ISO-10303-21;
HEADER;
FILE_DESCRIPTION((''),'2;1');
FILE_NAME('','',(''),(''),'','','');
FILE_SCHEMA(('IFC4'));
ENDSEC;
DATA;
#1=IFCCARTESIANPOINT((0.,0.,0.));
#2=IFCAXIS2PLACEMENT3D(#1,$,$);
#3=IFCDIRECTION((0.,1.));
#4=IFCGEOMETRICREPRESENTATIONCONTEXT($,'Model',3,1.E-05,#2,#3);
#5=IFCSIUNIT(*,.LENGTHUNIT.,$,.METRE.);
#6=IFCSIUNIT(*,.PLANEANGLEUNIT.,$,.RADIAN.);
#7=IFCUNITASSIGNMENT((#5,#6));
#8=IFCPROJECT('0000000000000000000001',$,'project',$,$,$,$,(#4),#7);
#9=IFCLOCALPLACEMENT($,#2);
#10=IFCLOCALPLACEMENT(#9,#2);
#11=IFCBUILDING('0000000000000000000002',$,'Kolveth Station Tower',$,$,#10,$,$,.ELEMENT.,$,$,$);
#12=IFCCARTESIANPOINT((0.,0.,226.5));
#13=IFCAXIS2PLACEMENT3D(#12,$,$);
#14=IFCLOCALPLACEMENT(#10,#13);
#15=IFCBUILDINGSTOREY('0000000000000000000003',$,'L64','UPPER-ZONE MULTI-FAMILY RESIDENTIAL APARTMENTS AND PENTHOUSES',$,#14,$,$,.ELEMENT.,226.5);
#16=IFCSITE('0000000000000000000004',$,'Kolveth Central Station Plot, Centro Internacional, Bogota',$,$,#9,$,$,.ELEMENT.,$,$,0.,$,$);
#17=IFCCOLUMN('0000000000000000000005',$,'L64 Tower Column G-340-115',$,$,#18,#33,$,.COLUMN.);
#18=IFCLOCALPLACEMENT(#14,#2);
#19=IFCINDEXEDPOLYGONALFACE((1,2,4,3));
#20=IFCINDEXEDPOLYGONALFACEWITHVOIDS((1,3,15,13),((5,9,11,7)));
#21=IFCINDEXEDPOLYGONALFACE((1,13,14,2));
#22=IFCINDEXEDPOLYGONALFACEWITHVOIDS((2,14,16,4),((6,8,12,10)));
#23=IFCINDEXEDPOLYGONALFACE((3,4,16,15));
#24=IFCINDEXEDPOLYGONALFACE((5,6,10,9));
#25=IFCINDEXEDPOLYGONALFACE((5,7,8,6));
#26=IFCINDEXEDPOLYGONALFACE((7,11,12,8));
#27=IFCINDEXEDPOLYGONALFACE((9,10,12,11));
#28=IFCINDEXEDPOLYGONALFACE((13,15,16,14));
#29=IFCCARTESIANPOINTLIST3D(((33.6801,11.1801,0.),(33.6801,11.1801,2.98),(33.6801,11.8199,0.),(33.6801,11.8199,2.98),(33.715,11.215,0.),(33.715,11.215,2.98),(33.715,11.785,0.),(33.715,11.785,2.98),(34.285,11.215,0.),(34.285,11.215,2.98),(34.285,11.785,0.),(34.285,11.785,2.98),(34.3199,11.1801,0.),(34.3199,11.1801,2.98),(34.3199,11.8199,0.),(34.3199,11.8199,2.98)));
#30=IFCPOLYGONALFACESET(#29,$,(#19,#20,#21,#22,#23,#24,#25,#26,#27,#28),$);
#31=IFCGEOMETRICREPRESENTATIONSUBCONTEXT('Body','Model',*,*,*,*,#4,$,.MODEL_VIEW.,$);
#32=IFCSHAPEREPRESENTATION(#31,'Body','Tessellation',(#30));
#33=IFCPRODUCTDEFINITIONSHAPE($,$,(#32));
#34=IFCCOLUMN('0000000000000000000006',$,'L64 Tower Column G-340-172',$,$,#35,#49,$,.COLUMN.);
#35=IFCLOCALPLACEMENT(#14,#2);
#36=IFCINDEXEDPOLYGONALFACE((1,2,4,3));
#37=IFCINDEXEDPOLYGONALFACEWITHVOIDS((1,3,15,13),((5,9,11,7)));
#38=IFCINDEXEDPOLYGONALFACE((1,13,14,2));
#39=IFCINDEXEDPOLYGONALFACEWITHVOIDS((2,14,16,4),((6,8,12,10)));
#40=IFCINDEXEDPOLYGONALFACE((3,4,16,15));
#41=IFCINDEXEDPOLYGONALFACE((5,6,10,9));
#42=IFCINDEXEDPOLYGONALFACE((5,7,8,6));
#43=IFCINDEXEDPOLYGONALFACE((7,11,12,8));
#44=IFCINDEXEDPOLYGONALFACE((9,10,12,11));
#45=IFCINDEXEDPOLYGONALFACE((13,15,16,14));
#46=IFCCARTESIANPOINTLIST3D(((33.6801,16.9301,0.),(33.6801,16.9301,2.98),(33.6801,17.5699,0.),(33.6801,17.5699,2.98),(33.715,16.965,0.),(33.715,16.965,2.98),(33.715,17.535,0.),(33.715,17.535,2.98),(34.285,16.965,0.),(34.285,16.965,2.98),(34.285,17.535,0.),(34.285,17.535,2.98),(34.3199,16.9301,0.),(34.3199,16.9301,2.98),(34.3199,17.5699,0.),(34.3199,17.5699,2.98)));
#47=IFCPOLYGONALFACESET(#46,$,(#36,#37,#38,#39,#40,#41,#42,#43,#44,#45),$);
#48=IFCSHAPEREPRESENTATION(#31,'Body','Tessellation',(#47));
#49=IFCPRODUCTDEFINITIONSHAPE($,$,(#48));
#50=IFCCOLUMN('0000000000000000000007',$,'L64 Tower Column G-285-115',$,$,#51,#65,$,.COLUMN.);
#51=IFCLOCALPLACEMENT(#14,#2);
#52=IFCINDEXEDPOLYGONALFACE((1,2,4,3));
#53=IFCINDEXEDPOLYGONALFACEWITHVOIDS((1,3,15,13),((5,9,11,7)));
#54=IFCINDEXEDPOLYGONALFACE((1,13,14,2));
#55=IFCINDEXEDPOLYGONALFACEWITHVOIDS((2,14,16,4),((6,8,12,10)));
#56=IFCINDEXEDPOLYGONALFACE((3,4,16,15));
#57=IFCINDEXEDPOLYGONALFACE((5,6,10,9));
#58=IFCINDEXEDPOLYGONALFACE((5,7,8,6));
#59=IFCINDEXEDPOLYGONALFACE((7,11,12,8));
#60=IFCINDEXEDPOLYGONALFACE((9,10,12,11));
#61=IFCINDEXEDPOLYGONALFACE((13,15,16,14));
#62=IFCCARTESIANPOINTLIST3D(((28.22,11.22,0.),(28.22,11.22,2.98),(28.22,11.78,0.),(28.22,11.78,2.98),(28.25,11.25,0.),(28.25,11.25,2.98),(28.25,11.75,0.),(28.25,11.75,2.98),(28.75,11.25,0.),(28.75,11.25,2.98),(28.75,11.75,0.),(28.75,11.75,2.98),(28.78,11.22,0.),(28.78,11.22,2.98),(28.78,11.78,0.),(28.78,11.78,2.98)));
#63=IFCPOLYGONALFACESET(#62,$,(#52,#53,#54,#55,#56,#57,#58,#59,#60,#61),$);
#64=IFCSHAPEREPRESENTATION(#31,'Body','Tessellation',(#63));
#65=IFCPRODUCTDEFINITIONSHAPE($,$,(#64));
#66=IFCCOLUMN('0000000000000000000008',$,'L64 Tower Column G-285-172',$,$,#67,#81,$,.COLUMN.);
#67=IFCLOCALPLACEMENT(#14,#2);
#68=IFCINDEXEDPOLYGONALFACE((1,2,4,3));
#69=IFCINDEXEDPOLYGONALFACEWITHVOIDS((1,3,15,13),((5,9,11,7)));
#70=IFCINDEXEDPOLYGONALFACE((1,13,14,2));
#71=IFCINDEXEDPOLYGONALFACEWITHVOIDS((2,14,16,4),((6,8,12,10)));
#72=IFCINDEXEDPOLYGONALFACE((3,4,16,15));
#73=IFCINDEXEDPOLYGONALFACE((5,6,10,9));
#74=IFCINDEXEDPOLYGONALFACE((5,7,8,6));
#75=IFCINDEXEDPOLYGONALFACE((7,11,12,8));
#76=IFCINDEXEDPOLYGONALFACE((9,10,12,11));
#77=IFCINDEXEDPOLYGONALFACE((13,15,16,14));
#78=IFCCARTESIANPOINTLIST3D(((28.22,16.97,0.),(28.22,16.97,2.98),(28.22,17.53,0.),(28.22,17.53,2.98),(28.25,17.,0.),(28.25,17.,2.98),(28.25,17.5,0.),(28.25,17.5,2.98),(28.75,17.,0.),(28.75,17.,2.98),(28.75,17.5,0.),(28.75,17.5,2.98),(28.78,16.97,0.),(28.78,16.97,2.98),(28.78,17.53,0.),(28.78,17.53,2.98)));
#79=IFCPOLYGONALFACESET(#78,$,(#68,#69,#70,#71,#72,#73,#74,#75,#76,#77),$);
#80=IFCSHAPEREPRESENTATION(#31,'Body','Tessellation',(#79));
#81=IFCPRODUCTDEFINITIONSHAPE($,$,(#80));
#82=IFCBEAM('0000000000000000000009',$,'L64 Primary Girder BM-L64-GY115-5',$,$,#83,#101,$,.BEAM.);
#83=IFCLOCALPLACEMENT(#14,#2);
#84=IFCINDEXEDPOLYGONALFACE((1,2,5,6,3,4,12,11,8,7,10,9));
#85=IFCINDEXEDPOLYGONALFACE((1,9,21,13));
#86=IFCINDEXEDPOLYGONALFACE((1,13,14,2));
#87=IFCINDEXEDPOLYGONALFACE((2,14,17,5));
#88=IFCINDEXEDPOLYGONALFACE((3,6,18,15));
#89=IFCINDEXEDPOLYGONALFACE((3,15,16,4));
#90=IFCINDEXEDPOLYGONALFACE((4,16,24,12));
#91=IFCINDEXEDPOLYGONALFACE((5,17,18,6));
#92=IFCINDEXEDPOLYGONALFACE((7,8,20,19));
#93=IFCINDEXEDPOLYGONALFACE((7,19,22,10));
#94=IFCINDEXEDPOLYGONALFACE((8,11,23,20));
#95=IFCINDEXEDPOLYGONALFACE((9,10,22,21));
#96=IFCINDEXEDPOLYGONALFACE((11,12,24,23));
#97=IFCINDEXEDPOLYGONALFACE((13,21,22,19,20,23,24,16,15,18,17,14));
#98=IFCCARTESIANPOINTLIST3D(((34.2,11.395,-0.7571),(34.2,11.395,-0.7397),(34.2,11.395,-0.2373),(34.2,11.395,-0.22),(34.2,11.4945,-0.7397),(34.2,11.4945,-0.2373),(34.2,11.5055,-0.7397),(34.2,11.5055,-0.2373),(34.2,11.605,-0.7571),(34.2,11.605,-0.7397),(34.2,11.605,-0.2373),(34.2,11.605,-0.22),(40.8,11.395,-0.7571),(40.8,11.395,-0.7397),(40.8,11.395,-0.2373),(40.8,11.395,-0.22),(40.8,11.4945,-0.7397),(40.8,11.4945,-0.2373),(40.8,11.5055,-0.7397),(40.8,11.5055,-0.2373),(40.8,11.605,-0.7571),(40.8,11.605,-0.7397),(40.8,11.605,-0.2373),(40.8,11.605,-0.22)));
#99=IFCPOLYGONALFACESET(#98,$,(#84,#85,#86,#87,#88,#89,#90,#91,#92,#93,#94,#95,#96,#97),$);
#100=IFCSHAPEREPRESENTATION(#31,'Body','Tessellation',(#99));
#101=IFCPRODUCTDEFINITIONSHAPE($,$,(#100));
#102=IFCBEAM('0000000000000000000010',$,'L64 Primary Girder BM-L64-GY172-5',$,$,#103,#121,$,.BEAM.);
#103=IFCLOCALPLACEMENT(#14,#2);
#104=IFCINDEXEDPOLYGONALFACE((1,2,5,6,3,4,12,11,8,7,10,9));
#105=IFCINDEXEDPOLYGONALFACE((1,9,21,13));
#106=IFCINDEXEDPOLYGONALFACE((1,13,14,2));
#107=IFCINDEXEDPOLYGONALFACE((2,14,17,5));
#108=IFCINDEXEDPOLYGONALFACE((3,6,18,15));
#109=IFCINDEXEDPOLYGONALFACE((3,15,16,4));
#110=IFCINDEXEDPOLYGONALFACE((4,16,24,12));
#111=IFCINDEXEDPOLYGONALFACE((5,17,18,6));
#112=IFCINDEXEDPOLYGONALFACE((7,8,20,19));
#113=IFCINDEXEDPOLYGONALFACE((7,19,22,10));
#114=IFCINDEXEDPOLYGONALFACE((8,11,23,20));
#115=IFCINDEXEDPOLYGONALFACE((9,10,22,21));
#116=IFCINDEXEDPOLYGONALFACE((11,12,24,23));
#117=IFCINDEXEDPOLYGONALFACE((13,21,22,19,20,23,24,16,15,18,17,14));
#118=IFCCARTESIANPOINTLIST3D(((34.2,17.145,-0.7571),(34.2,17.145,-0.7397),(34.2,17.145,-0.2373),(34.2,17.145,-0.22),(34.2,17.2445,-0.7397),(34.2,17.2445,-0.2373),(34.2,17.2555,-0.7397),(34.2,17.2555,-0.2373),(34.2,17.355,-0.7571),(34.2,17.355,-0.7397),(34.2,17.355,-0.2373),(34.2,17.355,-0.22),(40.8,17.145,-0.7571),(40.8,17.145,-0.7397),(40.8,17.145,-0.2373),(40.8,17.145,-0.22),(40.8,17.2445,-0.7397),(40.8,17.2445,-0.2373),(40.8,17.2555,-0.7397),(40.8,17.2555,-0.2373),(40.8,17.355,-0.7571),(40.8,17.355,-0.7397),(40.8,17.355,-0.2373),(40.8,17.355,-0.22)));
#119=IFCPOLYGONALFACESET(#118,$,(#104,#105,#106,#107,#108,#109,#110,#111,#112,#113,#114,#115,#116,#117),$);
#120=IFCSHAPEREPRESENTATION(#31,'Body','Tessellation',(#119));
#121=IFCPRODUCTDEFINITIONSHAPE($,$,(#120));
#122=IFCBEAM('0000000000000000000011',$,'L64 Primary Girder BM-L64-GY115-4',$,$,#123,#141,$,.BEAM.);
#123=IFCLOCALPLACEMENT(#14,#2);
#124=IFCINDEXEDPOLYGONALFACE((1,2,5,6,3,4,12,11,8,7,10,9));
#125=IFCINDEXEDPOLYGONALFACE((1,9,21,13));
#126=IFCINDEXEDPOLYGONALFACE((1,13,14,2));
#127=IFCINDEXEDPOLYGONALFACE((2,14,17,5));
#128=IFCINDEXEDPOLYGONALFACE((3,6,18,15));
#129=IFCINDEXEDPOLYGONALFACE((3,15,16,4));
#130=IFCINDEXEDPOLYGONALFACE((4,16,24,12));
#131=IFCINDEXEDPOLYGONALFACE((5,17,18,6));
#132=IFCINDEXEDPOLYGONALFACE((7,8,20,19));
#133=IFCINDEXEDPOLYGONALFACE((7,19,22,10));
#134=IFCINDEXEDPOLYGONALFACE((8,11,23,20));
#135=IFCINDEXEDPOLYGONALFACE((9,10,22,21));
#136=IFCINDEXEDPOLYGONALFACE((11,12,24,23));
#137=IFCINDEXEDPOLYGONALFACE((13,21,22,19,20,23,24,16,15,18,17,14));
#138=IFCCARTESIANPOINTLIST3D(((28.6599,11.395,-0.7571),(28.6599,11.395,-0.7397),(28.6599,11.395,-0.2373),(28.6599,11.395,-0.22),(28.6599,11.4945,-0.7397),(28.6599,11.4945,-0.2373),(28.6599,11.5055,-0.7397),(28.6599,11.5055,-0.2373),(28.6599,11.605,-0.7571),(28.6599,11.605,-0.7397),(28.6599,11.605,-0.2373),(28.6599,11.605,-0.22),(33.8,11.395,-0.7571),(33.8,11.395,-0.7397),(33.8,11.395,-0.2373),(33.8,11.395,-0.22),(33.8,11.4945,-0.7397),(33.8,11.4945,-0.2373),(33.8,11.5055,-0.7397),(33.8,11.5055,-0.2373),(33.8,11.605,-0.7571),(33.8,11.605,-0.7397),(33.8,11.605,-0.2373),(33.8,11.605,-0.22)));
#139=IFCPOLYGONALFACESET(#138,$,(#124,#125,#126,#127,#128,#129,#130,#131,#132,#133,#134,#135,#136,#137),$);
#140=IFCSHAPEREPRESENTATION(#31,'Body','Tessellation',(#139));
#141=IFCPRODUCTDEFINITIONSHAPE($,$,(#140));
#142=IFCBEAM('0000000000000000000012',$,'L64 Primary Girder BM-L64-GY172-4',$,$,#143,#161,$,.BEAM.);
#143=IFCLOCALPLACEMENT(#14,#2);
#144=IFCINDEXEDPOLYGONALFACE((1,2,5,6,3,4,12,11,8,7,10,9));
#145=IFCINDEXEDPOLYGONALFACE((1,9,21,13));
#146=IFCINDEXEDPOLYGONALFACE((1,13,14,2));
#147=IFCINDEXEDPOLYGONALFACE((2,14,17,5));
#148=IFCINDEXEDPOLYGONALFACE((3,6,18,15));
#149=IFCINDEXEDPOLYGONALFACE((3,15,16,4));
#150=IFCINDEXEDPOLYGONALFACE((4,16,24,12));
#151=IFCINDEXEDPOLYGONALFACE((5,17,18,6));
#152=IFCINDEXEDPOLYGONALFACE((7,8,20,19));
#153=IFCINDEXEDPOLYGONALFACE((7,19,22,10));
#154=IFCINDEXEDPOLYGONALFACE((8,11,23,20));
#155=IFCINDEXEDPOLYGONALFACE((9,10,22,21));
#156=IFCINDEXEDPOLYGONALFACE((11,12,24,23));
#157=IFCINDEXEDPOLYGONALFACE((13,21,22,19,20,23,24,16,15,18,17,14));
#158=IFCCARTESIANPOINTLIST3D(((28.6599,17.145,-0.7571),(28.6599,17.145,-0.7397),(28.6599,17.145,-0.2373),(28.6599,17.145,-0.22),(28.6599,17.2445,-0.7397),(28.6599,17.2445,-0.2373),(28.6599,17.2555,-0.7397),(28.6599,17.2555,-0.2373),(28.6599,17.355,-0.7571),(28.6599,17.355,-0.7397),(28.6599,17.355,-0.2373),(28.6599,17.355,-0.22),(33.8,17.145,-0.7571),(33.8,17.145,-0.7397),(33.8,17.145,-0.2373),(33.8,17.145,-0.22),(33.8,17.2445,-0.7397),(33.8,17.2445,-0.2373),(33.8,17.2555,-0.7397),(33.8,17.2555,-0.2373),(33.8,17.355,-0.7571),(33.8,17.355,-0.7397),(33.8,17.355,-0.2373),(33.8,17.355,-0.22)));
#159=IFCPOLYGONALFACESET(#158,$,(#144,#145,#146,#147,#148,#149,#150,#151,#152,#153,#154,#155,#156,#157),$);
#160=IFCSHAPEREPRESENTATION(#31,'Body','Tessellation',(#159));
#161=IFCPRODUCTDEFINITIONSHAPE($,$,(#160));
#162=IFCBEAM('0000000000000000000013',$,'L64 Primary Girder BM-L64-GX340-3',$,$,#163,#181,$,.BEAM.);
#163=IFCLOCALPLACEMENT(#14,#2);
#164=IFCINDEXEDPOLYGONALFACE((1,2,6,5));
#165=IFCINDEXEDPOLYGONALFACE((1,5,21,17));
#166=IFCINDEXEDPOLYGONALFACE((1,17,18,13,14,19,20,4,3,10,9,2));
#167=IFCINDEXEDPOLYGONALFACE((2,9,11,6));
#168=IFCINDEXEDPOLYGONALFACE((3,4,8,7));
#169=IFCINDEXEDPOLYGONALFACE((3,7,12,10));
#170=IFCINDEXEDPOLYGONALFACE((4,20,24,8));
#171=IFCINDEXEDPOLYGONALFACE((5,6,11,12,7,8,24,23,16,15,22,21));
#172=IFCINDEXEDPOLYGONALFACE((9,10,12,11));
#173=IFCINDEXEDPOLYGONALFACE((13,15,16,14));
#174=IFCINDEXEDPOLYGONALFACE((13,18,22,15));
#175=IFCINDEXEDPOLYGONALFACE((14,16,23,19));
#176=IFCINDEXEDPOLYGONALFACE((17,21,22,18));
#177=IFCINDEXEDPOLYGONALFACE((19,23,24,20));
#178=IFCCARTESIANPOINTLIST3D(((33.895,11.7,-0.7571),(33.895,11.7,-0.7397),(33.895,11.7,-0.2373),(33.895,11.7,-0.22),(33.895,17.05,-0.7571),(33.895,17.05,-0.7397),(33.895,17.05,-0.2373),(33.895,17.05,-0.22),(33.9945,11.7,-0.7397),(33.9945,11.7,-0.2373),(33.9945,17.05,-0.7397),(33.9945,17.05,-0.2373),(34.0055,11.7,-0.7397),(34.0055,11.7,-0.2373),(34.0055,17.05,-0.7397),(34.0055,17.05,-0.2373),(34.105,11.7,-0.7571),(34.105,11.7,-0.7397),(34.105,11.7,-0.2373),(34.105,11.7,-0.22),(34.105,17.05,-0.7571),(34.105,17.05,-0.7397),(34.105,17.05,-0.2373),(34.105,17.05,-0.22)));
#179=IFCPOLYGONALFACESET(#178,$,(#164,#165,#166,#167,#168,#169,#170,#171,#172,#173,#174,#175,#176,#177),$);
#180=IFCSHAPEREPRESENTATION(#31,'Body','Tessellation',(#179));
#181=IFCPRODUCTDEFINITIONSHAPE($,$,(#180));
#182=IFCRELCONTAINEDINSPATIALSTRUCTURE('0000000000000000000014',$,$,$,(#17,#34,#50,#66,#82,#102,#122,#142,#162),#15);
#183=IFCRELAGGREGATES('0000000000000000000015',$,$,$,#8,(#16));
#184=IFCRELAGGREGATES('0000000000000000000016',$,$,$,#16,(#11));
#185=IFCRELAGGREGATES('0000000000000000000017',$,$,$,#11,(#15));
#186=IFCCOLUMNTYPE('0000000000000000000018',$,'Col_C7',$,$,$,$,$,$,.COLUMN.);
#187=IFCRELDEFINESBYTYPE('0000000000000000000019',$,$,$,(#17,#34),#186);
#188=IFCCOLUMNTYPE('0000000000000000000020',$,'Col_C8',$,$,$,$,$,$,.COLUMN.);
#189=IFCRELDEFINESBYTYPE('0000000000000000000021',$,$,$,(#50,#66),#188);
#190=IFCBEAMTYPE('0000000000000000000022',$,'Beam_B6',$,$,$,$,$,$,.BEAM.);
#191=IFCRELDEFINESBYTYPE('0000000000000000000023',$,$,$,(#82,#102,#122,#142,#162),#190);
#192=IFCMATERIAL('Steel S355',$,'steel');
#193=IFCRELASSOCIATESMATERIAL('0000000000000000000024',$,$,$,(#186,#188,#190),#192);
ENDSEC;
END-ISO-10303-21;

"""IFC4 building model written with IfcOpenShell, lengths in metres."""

from ifc_helpers import new_model, si_unit, direction, frame, origin, origin_2d, place, context, subcontext, project, spatial, hollow_rectangle, i_section, extrude, source, transform, mapped, material, material_profile, profile_set, type_object, element, save


model = new_model("IFC4")

# Units and contexts
model_context = context("Model", 3, precision=1e-05, world=origin(), true_north=direction((0.0, 1.0)))
body_context = subcontext(model_context, "Body", "Model", "MODEL_VIEW")
ifc_project = project(units=[si_unit("LENGTHUNIT", "METRE"), si_unit("PLANEANGLEUNIT", "RADIAN")], contexts=[model_context])

# Site, building, storey
site_placement = place(None, origin())
site = spatial("IfcSite", under=ifc_project, at=site_placement, Name="Kolveth Central Station Plot, Centro Internacional, Bogota", CompositionType="ELEMENT", RefElevation=0.0)
building_placement = place(site_placement, origin())
building = spatial("IfcBuilding", under=site, at=building_placement, Name="Kolveth Station Tower", CompositionType="ELEMENT")
storey_placement = place(building_placement, frame((0.0, 0.0, 226.5)))
storey = spatial("IfcBuildingStorey", under=building, at=storey_placement, Name="L64", Description="UPPER-ZONE MULTI-FAMILY RESIDENTIAL APARTMENTS AND PENTHOUSES", CompositionType="ELEMENT", Elevation=226.5)

# Columns
ifc_material_1 = material(Name="Steel S355", Category="steel")
ifc_material_profile_1 = material_profile(ifc_material_1, hollow_rectangle(XDim=0.6399, YDim=0.6399, WallThickness=0.0349, at=origin_2d()), Name="BOX640x640x35")
ifc_profile_set_1 = profile_set([ifc_material_profile_1], Name="Steel S355")
column_type_1 = type_object("IfcColumnType", Name="Col_C7", PredefinedType="COLUMN", material=ifc_profile_set_1)
shared_shape_1 = source(origin(), body_context, "Body", "SweptSolid", [
    extrude(hollow_rectangle(XDim=0.6399, YDim=0.6399, WallThickness=0.0349, at=origin_2d()), origin(), (0.0, 0.0, 1.0), 2.98),
])
for number, where, z_axis, x_axis, name in (
    (1, (34.0, 11.5, 0.0), (0.0, 0.0, 1.0), (1.0, 0.0, 0.0), "L64 Tower Column G-340-115"),
    (2, (34.0, 17.25, 0.0), (0.0, 0.0, 1.0), (1.0, 0.0, 0.0), "L64 Tower Column G-340-172"),
):
    element("IfcColumn", number, at=place(storey_placement, frame(where, z_axis=z_axis, x_axis=x_axis)), inside=storey, type_object=column_type_1, Name=name, PredefinedType="COLUMN", context=body_context, shape_type="MappedRepresentation", body=[
        mapped(shared_shape_1, transform((0.0, 0.0, 0.0), x_axis=(1.0, 0.0, 0.0), y_axis=(0.0, 1.0, 0.0), z_axis=(0.0, 0.0, 1.0), scale=1.0)),
    ])
ifc_material_profile_2 = material_profile(ifc_material_1, hollow_rectangle(XDim=0.5601, YDim=0.5601, WallThickness=0.03, at=origin_2d()), Name="BOX560x560x30")
ifc_profile_set_2 = profile_set([ifc_material_profile_2], Name="Steel S355")
column_type_2 = type_object("IfcColumnType", Name="Col_C8", PredefinedType="COLUMN", material=ifc_profile_set_2)
shared_shape_2 = source(origin(), body_context, "Body", "SweptSolid", [
    extrude(hollow_rectangle(XDim=0.5601, YDim=0.5601, WallThickness=0.03, at=origin_2d()), origin(), (0.0, 0.0, 1.0), 2.98),
])
for number, where, z_axis, x_axis, name in (
    (3, (28.5, 11.5, 0.0), (0.0, 0.0, 1.0), (1.0, 0.0, 0.0), "L64 Tower Column G-285-115"),
    (4, (28.5, 17.25, 0.0), (0.0, 0.0, 1.0), (1.0, 0.0, 0.0), "L64 Tower Column G-285-172"),
):
    element("IfcColumn", number, at=place(storey_placement, frame(where, z_axis=z_axis, x_axis=x_axis)), inside=storey, type_object=column_type_2, Name=name, PredefinedType="COLUMN", context=body_context, shape_type="MappedRepresentation", body=[
        mapped(shared_shape_2, transform((0.0, 0.0, 0.0), x_axis=(1.0, 0.0, 0.0), y_axis=(0.0, 1.0, 0.0), z_axis=(0.0, 0.0, 1.0), scale=1.0)),
    ])

# Beams
ifc_material_profile_3 = material_profile(ifc_material_1, i_section(OverallWidth=0.21, OverallDepth=0.5371, WebThickness=0.011, FlangeThickness=0.0173, at=origin_2d()), Name="W530x101")
ifc_profile_set_3 = profile_set([ifc_material_profile_3], Name="Steel S355")
beam_type_1 = type_object("IfcBeamType", Name="Beam_B6", PredefinedType="BEAM", material=ifc_profile_set_3)
shared_shape_3 = source(origin(), body_context, "Body", "SweptSolid", [
    extrude(i_section(OverallWidth=0.21, OverallDepth=0.5371, WebThickness=0.011, FlangeThickness=0.0173, at=origin_2d()), origin(), (0.0, 0.0, 1.0), 6.6001),
])
for number, where, z_axis, x_axis, name in (
    (5, (34.2, 11.5, -0.4885), (1.0, 0.0, 0.0), (0.0, 1.0, 0.0), "L64 Primary Girder BM-L64-GY115-5"),
    (6, (34.2, 17.25, -0.4885), (1.0, 0.0, 0.0), (0.0, 1.0, 0.0), "L64 Primary Girder BM-L64-GY172-5"),
):
    element("IfcBeam", number, at=place(storey_placement, frame(where, z_axis=z_axis, x_axis=x_axis)), inside=storey, type_object=beam_type_1, Name=name, PredefinedType="BEAM", context=body_context, shape_type="MappedRepresentation", body=[
        mapped(shared_shape_3, transform((0.0, 0.0, 0.0), x_axis=(1.0, 0.0, 0.0), y_axis=(0.0, 1.0, 0.0), z_axis=(0.0, 0.0, 1.0), scale=1.0)),
    ])
shared_shape_4 = source(origin(), body_context, "Body", "SweptSolid", [
    extrude(i_section(OverallWidth=0.21, OverallDepth=0.5371, WebThickness=0.011, FlangeThickness=0.0173, at=origin_2d()), origin(), (0.0, 0.0, 1.0), 5.1401),
])
for number, where, z_axis, x_axis, name in (
    (7, (28.6599, 11.5, -0.4885), (1.0, 0.0, 0.0), (0.0, 1.0, 0.0), "L64 Primary Girder BM-L64-GY115-4"),
    (8, (28.6599, 17.25, -0.4885), (1.0, 0.0, 0.0), (0.0, 1.0, 0.0), "L64 Primary Girder BM-L64-GY172-4"),
):
    element("IfcBeam", number, at=place(storey_placement, frame(where, z_axis=z_axis, x_axis=x_axis)), inside=storey, type_object=beam_type_1, Name=name, PredefinedType="BEAM", context=body_context, shape_type="MappedRepresentation", body=[
        mapped(shared_shape_4, transform((0.0, 0.0, 0.0), x_axis=(1.0, 0.0, 0.0), y_axis=(0.0, 1.0, 0.0), z_axis=(0.0, 0.0, 1.0), scale=1.0)),
    ])
shared_shape_5 = source(origin(), body_context, "Body", "SweptSolid", [
    extrude(i_section(OverallWidth=0.21, OverallDepth=0.5371, WebThickness=0.011, FlangeThickness=0.0173, at=origin_2d()), origin(), (0.0, 0.0, 1.0), 5.3501),
])
for number, where, z_axis, x_axis, name in (
    (9, (34.0, 11.7, -0.4885), (0.0, 1.0, 0.0), (-1.0, 0.0, 0.0), "L64 Primary Girder BM-L64-GX340-3"),
):
    element("IfcBeam", number, at=place(storey_placement, frame(where, z_axis=z_axis, x_axis=x_axis)), inside=storey, type_object=beam_type_1, Name=name, PredefinedType="BEAM", context=body_context, shape_type="MappedRepresentation", body=[
        mapped(shared_shape_5, transform((0.0, 0.0, 0.0), x_axis=(1.0, 0.0, 0.0), y_axis=(0.0, 1.0, 0.0), z_axis=(0.0, 0.0, 1.0), scale=1.0)),
    ])

save(model, "model.ifc")
